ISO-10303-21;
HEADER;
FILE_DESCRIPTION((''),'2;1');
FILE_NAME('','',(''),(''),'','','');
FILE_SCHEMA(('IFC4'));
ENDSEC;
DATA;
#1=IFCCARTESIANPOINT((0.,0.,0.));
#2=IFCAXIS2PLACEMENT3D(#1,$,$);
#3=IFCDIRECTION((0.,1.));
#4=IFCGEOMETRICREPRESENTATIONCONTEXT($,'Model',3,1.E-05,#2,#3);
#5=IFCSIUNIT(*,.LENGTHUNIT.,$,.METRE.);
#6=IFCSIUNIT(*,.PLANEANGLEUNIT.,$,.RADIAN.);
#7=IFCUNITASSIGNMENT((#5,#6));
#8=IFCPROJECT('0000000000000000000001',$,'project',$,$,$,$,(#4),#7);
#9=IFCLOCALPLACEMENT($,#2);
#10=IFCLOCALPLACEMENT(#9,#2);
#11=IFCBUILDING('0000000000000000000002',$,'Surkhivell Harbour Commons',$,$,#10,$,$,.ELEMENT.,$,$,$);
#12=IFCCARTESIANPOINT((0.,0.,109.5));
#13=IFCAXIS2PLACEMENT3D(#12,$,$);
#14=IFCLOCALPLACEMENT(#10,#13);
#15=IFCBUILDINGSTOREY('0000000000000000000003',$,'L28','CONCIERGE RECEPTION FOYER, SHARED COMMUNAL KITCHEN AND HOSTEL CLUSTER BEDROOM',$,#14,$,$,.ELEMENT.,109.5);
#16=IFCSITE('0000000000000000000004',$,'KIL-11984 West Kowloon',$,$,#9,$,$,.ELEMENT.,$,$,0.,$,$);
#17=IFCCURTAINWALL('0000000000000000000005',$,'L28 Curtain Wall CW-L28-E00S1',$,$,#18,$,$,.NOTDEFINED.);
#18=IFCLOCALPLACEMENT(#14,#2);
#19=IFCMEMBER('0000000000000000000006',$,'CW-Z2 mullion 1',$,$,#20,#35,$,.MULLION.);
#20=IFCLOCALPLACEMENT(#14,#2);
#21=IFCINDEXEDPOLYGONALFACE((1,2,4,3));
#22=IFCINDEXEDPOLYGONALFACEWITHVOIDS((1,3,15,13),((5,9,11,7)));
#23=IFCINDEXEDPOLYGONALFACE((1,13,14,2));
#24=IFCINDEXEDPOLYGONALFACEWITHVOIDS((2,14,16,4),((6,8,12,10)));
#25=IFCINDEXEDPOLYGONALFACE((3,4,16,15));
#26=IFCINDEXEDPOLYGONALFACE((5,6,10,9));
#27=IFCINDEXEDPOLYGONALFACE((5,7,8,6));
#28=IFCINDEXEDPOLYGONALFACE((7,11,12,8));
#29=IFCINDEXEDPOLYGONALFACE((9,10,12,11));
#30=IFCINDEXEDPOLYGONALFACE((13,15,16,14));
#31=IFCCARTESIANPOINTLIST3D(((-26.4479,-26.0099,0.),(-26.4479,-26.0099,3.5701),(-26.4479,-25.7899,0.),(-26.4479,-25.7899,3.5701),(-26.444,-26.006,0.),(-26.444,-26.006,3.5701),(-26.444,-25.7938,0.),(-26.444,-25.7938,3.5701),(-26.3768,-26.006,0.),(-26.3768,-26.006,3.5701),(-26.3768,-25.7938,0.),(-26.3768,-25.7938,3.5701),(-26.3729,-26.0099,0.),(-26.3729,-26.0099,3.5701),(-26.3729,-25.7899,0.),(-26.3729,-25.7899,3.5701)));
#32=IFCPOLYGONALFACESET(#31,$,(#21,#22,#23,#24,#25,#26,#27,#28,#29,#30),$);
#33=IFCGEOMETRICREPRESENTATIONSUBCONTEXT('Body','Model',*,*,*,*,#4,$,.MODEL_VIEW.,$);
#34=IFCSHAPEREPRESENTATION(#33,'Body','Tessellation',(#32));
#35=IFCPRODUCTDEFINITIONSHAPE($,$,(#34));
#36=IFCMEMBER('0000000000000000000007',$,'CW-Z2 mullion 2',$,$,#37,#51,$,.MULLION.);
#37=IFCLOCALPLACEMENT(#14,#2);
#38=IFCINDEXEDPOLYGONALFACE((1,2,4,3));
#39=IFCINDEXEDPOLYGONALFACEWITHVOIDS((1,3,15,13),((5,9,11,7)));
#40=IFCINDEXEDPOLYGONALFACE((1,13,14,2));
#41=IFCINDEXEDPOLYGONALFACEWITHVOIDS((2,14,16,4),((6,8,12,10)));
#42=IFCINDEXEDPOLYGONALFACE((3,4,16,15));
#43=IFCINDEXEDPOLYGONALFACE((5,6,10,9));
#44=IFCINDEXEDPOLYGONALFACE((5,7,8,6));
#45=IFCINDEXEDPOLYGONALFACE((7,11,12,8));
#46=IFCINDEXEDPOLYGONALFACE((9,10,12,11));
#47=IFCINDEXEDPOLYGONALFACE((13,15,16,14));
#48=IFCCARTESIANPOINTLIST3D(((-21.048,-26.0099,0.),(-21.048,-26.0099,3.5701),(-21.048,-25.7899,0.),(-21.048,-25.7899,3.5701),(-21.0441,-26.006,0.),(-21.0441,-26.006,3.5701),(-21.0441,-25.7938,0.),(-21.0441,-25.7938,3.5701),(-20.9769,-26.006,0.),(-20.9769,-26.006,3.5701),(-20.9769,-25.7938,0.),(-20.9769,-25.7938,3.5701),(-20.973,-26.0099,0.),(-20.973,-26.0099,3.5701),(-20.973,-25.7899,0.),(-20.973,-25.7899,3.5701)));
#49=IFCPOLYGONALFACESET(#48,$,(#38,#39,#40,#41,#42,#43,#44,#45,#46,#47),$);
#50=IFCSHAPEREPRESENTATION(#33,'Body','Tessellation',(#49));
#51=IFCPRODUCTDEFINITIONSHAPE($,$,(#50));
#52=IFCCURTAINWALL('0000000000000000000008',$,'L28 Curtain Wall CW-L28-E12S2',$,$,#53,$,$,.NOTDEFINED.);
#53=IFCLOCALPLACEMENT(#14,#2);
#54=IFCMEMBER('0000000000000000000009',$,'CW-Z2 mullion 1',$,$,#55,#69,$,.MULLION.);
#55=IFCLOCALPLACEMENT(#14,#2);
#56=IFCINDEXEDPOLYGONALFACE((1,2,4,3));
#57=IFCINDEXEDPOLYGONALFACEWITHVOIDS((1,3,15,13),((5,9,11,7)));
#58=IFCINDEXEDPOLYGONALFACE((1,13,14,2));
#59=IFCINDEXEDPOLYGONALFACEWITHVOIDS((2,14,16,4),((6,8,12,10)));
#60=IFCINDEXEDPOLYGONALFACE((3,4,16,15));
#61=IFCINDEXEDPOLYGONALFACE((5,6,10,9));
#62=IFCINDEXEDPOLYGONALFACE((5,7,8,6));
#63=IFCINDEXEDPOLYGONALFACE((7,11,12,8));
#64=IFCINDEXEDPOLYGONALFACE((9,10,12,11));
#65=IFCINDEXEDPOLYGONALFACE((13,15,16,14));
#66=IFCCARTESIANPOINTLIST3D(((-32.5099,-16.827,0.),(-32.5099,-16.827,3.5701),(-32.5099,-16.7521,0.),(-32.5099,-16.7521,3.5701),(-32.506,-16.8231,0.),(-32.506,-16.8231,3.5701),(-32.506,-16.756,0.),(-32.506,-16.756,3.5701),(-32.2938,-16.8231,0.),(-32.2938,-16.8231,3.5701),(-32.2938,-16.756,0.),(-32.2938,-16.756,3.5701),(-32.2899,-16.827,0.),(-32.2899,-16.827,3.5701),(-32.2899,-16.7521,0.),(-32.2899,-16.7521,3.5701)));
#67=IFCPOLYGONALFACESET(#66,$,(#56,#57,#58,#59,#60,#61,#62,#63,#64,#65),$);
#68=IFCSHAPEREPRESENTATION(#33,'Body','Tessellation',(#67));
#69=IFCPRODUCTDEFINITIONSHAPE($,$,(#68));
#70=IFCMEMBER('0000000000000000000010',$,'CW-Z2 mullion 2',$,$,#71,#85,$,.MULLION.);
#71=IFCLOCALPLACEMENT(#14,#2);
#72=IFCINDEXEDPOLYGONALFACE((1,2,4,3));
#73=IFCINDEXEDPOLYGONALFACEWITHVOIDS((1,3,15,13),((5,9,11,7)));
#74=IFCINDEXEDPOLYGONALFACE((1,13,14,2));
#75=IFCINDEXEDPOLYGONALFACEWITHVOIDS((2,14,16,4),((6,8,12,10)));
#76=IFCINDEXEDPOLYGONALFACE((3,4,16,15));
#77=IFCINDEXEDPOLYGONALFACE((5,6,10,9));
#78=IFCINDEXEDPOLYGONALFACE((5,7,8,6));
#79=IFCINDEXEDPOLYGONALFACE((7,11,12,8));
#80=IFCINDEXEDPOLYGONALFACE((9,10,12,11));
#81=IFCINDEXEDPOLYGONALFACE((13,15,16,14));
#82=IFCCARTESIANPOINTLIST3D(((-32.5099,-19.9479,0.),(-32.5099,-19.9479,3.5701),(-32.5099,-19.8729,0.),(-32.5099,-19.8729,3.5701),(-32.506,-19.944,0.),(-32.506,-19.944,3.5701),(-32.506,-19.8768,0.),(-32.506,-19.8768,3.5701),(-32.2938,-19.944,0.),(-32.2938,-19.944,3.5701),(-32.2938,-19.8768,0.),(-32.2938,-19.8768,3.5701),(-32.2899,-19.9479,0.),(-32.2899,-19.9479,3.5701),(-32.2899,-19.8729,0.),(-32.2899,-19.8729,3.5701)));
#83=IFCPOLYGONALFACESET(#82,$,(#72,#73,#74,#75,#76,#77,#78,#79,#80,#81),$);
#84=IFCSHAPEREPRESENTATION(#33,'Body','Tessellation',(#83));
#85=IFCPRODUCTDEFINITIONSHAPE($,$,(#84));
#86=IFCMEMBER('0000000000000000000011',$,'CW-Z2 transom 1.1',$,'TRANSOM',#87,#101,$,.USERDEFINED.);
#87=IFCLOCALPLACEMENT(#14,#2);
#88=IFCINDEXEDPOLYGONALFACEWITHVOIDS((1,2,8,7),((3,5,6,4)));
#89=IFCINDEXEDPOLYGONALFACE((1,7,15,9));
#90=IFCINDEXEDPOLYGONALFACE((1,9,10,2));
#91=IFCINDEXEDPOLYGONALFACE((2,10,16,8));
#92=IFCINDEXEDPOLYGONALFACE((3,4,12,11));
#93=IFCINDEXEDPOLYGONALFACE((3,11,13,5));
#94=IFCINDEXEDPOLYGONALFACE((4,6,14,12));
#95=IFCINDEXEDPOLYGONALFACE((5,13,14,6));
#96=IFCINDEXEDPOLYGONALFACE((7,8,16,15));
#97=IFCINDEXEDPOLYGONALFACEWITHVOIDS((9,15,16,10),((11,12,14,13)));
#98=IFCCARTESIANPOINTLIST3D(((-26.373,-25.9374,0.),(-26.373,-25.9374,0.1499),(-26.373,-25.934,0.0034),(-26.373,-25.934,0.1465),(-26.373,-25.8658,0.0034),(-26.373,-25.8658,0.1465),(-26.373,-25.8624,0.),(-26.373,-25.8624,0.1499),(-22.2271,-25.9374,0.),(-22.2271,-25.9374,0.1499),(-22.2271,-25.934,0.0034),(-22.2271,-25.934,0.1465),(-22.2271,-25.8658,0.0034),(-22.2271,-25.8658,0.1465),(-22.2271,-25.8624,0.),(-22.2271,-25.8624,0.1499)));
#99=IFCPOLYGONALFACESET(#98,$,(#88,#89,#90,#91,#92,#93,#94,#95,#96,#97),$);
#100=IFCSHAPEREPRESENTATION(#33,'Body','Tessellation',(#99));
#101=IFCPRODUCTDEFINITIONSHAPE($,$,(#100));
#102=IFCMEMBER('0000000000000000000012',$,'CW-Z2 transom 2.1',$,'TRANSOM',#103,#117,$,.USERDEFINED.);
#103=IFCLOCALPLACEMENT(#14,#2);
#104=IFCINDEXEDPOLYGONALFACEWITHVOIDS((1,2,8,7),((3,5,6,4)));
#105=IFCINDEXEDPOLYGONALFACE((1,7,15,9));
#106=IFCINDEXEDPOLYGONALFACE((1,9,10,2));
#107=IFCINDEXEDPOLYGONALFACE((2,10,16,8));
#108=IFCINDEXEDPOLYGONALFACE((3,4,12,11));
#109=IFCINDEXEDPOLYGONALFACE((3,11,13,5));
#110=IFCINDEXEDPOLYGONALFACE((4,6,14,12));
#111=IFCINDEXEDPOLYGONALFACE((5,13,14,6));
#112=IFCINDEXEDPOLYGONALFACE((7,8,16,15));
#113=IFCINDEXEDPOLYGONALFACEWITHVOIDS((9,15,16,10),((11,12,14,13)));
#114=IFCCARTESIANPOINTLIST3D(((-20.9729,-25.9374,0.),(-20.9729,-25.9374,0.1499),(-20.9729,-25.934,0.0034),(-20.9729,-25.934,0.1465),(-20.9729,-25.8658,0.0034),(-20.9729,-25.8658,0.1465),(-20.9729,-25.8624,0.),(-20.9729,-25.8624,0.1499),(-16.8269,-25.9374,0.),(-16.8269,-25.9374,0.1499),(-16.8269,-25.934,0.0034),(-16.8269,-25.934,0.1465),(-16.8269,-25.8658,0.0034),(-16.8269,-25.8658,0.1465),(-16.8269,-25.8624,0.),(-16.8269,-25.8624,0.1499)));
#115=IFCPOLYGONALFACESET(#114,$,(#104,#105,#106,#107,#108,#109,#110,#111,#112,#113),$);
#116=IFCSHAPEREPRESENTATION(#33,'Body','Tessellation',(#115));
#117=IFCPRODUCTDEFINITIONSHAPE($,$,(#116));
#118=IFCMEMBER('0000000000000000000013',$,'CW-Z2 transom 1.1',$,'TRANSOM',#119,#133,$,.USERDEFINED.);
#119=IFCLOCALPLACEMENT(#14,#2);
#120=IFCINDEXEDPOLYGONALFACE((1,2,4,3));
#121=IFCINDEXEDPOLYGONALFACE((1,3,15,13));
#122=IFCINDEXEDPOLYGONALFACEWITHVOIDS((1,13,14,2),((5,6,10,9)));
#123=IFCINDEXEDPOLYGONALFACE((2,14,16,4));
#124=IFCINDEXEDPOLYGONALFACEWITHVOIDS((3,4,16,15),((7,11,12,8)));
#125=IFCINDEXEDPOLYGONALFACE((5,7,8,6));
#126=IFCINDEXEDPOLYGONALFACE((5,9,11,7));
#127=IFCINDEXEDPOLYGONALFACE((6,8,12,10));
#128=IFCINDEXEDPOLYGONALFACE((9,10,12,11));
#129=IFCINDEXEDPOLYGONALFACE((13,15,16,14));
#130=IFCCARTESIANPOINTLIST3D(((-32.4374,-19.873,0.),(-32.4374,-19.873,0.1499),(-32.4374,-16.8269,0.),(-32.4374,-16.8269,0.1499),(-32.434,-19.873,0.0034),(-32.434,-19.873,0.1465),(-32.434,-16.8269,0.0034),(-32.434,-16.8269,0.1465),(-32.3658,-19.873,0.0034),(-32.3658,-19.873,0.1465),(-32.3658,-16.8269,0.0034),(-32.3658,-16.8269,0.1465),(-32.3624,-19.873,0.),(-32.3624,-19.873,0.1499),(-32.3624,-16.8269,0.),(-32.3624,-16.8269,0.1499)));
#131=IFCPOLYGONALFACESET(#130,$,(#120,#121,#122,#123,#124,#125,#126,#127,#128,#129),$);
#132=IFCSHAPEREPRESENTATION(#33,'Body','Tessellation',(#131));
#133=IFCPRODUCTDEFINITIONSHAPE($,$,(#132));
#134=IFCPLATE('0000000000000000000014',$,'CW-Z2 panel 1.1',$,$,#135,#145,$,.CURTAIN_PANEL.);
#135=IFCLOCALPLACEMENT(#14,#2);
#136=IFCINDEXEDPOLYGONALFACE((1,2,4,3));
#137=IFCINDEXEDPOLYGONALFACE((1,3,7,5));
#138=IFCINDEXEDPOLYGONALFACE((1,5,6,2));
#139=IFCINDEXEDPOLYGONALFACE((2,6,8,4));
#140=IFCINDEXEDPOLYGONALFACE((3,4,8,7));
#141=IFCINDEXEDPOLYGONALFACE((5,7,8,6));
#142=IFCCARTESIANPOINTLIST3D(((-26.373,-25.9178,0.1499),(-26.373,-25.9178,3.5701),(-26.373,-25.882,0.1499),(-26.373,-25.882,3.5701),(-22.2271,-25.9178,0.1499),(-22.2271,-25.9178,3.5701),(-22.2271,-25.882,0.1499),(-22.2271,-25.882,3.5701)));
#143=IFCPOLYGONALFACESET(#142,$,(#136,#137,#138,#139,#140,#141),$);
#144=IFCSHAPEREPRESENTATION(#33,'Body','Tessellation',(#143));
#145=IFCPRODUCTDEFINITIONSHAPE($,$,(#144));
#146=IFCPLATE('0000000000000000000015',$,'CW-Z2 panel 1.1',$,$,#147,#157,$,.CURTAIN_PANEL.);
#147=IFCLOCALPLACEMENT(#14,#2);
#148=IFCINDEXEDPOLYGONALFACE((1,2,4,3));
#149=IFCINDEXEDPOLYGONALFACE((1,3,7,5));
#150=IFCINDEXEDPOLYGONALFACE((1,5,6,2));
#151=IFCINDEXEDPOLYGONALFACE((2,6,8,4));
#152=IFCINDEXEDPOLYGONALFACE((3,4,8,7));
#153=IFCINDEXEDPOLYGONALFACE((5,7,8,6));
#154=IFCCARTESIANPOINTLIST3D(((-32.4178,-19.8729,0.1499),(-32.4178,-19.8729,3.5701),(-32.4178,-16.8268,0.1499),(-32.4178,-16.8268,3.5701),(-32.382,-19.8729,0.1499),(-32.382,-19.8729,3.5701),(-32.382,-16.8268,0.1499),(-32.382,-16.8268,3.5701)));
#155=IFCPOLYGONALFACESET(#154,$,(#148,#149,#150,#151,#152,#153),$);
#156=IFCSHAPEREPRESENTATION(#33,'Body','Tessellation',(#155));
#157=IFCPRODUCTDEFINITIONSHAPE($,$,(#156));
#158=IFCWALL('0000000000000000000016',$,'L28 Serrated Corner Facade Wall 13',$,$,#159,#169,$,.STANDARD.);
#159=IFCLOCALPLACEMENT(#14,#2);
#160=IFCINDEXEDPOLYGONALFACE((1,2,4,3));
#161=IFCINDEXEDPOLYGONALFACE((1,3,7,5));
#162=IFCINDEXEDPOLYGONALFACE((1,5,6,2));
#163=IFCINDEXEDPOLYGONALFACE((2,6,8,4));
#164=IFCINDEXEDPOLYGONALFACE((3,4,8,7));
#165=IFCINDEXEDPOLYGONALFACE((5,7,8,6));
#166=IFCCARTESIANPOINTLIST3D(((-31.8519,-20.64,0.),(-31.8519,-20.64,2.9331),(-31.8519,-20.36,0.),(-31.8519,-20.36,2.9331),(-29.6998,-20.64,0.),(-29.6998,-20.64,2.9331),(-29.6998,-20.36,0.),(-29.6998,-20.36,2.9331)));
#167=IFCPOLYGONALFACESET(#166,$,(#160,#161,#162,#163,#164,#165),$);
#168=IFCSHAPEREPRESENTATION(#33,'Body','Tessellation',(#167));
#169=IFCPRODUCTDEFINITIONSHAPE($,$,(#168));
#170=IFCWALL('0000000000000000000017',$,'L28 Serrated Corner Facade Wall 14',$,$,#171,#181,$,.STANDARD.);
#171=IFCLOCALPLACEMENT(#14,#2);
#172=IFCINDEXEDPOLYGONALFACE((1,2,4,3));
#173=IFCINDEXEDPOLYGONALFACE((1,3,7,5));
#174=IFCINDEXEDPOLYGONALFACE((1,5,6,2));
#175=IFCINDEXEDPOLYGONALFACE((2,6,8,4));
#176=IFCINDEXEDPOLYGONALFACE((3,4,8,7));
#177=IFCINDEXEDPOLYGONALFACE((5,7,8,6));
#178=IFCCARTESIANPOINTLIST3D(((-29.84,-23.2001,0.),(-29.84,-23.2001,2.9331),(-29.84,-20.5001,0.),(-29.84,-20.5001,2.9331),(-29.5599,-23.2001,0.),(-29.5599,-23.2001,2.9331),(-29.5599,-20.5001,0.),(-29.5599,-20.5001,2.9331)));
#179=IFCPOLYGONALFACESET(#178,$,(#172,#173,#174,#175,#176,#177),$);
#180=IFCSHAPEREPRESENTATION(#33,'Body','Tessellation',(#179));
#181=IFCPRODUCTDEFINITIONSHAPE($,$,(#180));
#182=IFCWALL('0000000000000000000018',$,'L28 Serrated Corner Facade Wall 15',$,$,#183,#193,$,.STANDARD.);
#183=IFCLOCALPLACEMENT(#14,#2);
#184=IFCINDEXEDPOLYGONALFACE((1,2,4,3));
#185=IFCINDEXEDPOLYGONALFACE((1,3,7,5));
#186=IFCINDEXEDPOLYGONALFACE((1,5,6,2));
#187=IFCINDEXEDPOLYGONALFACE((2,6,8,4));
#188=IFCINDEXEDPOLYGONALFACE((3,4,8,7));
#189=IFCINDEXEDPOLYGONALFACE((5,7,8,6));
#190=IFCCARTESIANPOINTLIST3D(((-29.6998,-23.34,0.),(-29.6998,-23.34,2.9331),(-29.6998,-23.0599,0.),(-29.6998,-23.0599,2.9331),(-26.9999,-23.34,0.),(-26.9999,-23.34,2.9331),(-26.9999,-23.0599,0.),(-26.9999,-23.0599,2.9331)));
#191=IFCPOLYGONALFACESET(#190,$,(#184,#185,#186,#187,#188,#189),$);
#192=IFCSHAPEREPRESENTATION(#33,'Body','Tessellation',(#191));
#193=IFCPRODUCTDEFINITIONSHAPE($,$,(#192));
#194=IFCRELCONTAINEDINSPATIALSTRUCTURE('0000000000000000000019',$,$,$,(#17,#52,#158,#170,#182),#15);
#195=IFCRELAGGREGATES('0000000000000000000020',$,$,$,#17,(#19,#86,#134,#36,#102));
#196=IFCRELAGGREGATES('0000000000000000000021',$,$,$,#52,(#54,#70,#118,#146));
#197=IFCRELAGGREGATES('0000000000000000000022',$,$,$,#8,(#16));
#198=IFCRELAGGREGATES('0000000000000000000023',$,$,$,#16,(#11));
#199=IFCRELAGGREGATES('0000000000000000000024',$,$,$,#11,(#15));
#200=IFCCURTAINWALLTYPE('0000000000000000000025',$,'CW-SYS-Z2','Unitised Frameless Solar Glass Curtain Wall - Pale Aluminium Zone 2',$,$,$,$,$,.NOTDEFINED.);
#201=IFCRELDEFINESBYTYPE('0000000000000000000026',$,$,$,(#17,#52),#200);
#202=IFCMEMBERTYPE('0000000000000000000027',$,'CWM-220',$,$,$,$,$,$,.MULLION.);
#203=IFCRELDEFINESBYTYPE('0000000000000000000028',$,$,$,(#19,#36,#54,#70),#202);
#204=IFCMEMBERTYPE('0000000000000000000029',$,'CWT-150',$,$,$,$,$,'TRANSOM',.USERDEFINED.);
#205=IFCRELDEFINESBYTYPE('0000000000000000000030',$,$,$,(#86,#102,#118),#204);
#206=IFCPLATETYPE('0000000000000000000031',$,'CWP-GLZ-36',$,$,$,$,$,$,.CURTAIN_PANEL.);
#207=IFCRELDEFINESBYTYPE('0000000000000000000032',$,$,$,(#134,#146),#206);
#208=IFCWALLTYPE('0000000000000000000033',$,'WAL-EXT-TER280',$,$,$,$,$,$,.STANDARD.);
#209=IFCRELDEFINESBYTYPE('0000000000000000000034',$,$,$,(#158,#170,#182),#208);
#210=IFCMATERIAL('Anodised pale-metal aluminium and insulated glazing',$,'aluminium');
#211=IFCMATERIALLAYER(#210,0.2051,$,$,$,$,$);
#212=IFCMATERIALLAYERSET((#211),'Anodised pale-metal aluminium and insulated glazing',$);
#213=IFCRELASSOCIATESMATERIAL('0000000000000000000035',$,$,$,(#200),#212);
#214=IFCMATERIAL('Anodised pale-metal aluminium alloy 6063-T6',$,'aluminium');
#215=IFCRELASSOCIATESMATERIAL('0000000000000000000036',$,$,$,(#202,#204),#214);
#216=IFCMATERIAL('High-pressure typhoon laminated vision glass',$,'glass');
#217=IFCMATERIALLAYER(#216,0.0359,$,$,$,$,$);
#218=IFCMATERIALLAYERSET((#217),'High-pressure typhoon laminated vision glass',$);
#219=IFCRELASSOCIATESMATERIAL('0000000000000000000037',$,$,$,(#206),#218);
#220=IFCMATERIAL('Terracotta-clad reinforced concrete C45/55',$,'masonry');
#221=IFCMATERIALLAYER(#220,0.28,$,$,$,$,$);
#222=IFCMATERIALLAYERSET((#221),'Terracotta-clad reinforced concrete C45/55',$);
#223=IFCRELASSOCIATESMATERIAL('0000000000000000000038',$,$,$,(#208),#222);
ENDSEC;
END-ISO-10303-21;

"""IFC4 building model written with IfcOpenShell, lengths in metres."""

from ifc_helpers import new_model, si_unit, direction, frame, frame_2d, origin, origin_2d, place, context, subcontext, project, spatial, rectangle, hollow_rectangle, extrude, material, layer, layer_set, material_profile, profile_set, type_object, element, aggregate, save


model = new_model("IFC4")

# Units and contexts
model_context = context("Model", 3, precision=1e-05, world=origin(), true_north=direction((0.0, 1.0)))
body_context = subcontext(model_context, "Body", "Model", "MODEL_VIEW")
ifc_project = project(units=[si_unit("LENGTHUNIT", "METRE"), si_unit("PLANEANGLEUNIT", "RADIAN")], contexts=[model_context])

# Site, building, storey
site_placement = place(None, origin())
site = spatial("IfcSite", under=ifc_project, at=site_placement, Name="KIL-11984 West Kowloon", CompositionType="ELEMENT", RefElevation=0.0)
building_placement = place(site_placement, origin())
building = spatial("IfcBuilding", under=site, at=building_placement, Name="Surkhivell Harbour Commons", CompositionType="ELEMENT")
storey_placement = place(building_placement, frame((0.0, 0.0, 109.5)))
storey = spatial("IfcBuildingStorey", under=building, at=storey_placement, Name="L28", Description="CONCIERGE RECEPTION FOYER, SHARED COMMUNAL KITCHEN AND HOSTEL CLUSTER BEDROOM", CompositionType="ELEMENT", Elevation=109.5)

# Curtain walls, members
ifc_material_1 = material(Name="Anodised pale-metal aluminium and insulated glazing", Category="aluminium")
ifc_layer_1 = layer(ifc_material_1, 0.2051)
ifc_layer_set_1 = layer_set([ifc_layer_1], Name="Anodised pale-metal aluminium and insulated glazing")
curtain_wall_type = type_object("IfcCurtainWallType", Name="CW-SYS-Z2", Description="Unitised Frameless Solar Glass Curtain Wall - Pale Aluminium Zone 2", PredefinedType="NOTDEFINED", material=ifc_layer_set_1)
curtain_wall_1_placement = place(storey_placement, origin())
curtain_wall_1 = element("IfcCurtainWall", 1, at=curtain_wall_1_placement, inside=storey, type_object=curtain_wall_type, Name="L28 Curtain Wall CW-L28-E00S1", PredefinedType="NOTDEFINED")
ifc_material_2 = material(Name="Anodised pale-metal aluminium alloy 6063-T6", Category="aluminium")
ifc_material_profile_1 = material_profile(ifc_material_2, hollow_rectangle(XDim=0.075, YDim=0.22, WallThickness=0.0039, at=origin_2d()), Name="ALU-MULL-75x220")
ifc_profile_set_1 = profile_set([ifc_material_profile_1], Name="Anodised pale-metal aluminium alloy 6063-T6")
member_type_1 = type_object("IfcMemberType", Name="CWM-220", PredefinedType="MULLION", material=ifc_profile_set_1)
member_1_placement = place(storey_placement, frame((-26.4104, -25.8999, 0.0), z_axis=(0.0, 0.0, 1.0), x_axis=(1.0, 0.0, 0.0)))
member_1 = element("IfcMember", 2, at=member_1_placement, type_object=member_type_1, Name="CW-Z2 mullion 1", PredefinedType="MULLION", context=body_context, shape_type="SweptSolid", body=[
    extrude(hollow_rectangle(XDim=0.075, YDim=0.22, WallThickness=0.0039, at=origin_2d()), origin(), (0.0, 0.0, 1.0), 3.5701),
])
member_2_placement = place(storey_placement, frame((-21.0105, -25.8999, 0.0), z_axis=(0.0, 0.0, 1.0), x_axis=(1.0, 0.0, 0.0)))
member_2 = element("IfcMember", 3, at=member_2_placement, type_object=member_type_1, Name="CW-Z2 mullion 2", PredefinedType="MULLION", context=body_context, shape_type="SweptSolid", body=[
    extrude(hollow_rectangle(XDim=0.075, YDim=0.22, WallThickness=0.0039, at=origin_2d()), origin(), (0.0, 0.0, 1.0), 3.5701),
])
curtain_wall_2_placement = place(storey_placement, origin())
curtain_wall_2 = element("IfcCurtainWall", 4, at=curtain_wall_2_placement, inside=storey, type_object=curtain_wall_type, Name="L28 Curtain Wall CW-L28-E12S2", PredefinedType="NOTDEFINED")
member_3_placement = place(storey_placement, frame((-32.3999, -16.7896, 0.0), z_axis=(0.0, 0.0, 1.0), x_axis=(0.0, -1.0, 0.0)))
member_3 = element("IfcMember", 5, at=member_3_placement, type_object=member_type_1, Name="CW-Z2 mullion 1", PredefinedType="MULLION", context=body_context, shape_type="SweptSolid", body=[
    extrude(hollow_rectangle(XDim=0.075, YDim=0.22, WallThickness=0.0039, at=origin_2d()), origin(), (0.0, 0.0, 1.0), 3.5701),
])
member_4_placement = place(storey_placement, frame((-32.3999, -19.9104, 0.0), z_axis=(0.0, 0.0, 1.0), x_axis=(0.0, -1.0, 0.0)))
member_4 = element("IfcMember", 6, at=member_4_placement, type_object=member_type_1, Name="CW-Z2 mullion 2", PredefinedType="MULLION", context=body_context, shape_type="SweptSolid", body=[
    extrude(hollow_rectangle(XDim=0.075, YDim=0.22, WallThickness=0.0039, at=origin_2d()), origin(), (0.0, 0.0, 1.0), 3.5701),
])

# Members
ifc_material_profile_2 = material_profile(ifc_material_2, hollow_rectangle(XDim=0.075, YDim=0.1499, WallThickness=0.0034, at=origin_2d()), Name="ALU-TRAN-75x150")
ifc_profile_set_2 = profile_set([ifc_material_profile_2], Name="Anodised pale-metal aluminium alloy 6063-T6")
member_type_2 = type_object("IfcMemberType", Name="CWT-150", ElementType="TRANSOM", PredefinedType="USERDEFINED", material=ifc_profile_set_2)
member_5_placement = place(storey_placement, frame((-26.373, -25.8999, 0.075), z_axis=(1.0, 0.0, 0.0), x_axis=(0.0, 1.0, 0.0)))
member_5 = element("IfcMember", 7, at=member_5_placement, type_object=member_type_2, Name="CW-Z2 transom 1.1", ObjectType="TRANSOM", PredefinedType="USERDEFINED", context=body_context, shape_type="SweptSolid", body=[
    extrude(hollow_rectangle(XDim=0.075, YDim=0.1499, WallThickness=0.0034, at=origin_2d()), origin(), (0.0, 0.0, 1.0), 4.146),
])
member_6_placement = place(storey_placement, frame((-20.9729, -25.8999, 0.075), z_axis=(1.0, 0.0, 0.0), x_axis=(0.0, 1.0, 0.0)))
member_6 = element("IfcMember", 8, at=member_6_placement, type_object=member_type_2, Name="CW-Z2 transom 2.1", ObjectType="TRANSOM", PredefinedType="USERDEFINED", context=body_context, shape_type="SweptSolid", body=[
    extrude(hollow_rectangle(XDim=0.075, YDim=0.1499, WallThickness=0.0034, at=origin_2d()), origin(), (0.0, 0.0, 1.0), 4.146),
])
member_7_placement = place(storey_placement, frame((-32.3999, -16.8269, 0.075), z_axis=(0.0, -1.0, 0.0), x_axis=(1.0, 0.0, 0.0)))
member_7 = element("IfcMember", 9, at=member_7_placement, type_object=member_type_2, Name="CW-Z2 transom 1.1", ObjectType="TRANSOM", PredefinedType="USERDEFINED", context=body_context, shape_type="SweptSolid", body=[
    extrude(hollow_rectangle(XDim=0.075, YDim=0.1499, WallThickness=0.0034, at=origin_2d()), origin(), (0.0, 0.0, 1.0), 3.0461),
])

# Plates
ifc_material_3 = material(Name="High-pressure typhoon laminated vision glass", Category="glass")
ifc_layer_2 = layer(ifc_material_3, 0.0359)
ifc_layer_set_2 = layer_set([ifc_layer_2], Name="High-pressure typhoon laminated vision glass")
plate_type = type_object("IfcPlateType", Name="CWP-GLZ-36", PredefinedType="CURTAIN_PANEL", material=ifc_layer_set_2)
plate_1_placement = place(storey_placement, frame((-26.373, -25.8999, 0.1499), z_axis=(0.0, 0.0, 1.0), x_axis=(1.0, 0.0, 0.0)))
plate_1 = element("IfcPlate", 10, at=plate_1_placement, type_object=plate_type, Name="CW-Z2 panel 1.1", PredefinedType="CURTAIN_PANEL", context=body_context, shape_type="SweptSolid", body=[
    extrude(rectangle(XDim=4.146, YDim=0.0359, at=frame_2d((2.073, 0.0))), origin(), (0.0, 0.0, 1.0), 3.4202),
])
aggregate(curtain_wall_1, [member_1, member_5, plate_1, member_2, member_6])
plate_2_placement = place(storey_placement, frame((-32.3999, -16.8269, 0.1499), z_axis=(0.0, 0.0, 1.0), x_axis=(0.0, -1.0, 0.0)))
plate_2 = element("IfcPlate", 11, at=plate_2_placement, type_object=plate_type, Name="CW-Z2 panel 1.1", PredefinedType="CURTAIN_PANEL", context=body_context, shape_type="SweptSolid", body=[
    extrude(rectangle(XDim=3.0461, YDim=0.0359, at=frame_2d((1.5229, 0.0))), origin(), (0.0, 0.0, 1.0), 3.4202),
])
aggregate(curtain_wall_2, [member_3, member_4, member_7, plate_2])

# Walls
ifc_material_4 = material(Name="Terracotta-clad reinforced concrete C45/55", Category="masonry")
ifc_layer_3 = layer(ifc_material_4, 0.28)
ifc_layer_set_3 = layer_set([ifc_layer_3], Name="Terracotta-clad reinforced concrete C45/55")
wall_type = type_object("IfcWallType", Name="WAL-EXT-TER280", PredefinedType="STANDARD", material=ifc_layer_set_3)
wall_1_placement = place(storey_placement, frame((-31.8521, -20.5, 0.0), z_axis=(0.0, 0.0, 1.0), x_axis=(1.0, 0.0, 0.0)))
element("IfcWall", 12, at=wall_1_placement, inside=storey, type_object=wall_type, Name="L28 Serrated Corner Facade Wall 13", PredefinedType="STANDARD", context=body_context, shape_type="SweptSolid", body=[
    extrude(rectangle(XDim=2.1521, YDim=0.28, at=frame_2d((1.0762, 0.0))), origin(), (0.0, 0.0, 1.0), 2.9331),
])
for number, where, z_axis, x_axis, name in (
    (13, (-29.7, -20.5, 0.0), (0.0, 0.0, 1.0), (0.0, -1.0, 0.0), "L28 Serrated Corner Facade Wall 14"),
    (14, (-29.7, -23.2, 0.0), (0.0, 0.0, 1.0), (1.0, 0.0, 0.0), "L28 Serrated Corner Facade Wall 15"),
):
    element("IfcWall", number, at=place(storey_placement, frame(where, z_axis=z_axis, x_axis=x_axis)), inside=storey, type_object=wall_type, Name=name, PredefinedType="STANDARD", context=body_context, shape_type="SweptSolid", body=[
        extrude(rectangle(XDim=2.7, YDim=0.28, at=frame_2d((1.3501, 0.0))), origin(), (0.0, 0.0, 1.0), 2.9331),
    ])

save(model, "model.ifc")
